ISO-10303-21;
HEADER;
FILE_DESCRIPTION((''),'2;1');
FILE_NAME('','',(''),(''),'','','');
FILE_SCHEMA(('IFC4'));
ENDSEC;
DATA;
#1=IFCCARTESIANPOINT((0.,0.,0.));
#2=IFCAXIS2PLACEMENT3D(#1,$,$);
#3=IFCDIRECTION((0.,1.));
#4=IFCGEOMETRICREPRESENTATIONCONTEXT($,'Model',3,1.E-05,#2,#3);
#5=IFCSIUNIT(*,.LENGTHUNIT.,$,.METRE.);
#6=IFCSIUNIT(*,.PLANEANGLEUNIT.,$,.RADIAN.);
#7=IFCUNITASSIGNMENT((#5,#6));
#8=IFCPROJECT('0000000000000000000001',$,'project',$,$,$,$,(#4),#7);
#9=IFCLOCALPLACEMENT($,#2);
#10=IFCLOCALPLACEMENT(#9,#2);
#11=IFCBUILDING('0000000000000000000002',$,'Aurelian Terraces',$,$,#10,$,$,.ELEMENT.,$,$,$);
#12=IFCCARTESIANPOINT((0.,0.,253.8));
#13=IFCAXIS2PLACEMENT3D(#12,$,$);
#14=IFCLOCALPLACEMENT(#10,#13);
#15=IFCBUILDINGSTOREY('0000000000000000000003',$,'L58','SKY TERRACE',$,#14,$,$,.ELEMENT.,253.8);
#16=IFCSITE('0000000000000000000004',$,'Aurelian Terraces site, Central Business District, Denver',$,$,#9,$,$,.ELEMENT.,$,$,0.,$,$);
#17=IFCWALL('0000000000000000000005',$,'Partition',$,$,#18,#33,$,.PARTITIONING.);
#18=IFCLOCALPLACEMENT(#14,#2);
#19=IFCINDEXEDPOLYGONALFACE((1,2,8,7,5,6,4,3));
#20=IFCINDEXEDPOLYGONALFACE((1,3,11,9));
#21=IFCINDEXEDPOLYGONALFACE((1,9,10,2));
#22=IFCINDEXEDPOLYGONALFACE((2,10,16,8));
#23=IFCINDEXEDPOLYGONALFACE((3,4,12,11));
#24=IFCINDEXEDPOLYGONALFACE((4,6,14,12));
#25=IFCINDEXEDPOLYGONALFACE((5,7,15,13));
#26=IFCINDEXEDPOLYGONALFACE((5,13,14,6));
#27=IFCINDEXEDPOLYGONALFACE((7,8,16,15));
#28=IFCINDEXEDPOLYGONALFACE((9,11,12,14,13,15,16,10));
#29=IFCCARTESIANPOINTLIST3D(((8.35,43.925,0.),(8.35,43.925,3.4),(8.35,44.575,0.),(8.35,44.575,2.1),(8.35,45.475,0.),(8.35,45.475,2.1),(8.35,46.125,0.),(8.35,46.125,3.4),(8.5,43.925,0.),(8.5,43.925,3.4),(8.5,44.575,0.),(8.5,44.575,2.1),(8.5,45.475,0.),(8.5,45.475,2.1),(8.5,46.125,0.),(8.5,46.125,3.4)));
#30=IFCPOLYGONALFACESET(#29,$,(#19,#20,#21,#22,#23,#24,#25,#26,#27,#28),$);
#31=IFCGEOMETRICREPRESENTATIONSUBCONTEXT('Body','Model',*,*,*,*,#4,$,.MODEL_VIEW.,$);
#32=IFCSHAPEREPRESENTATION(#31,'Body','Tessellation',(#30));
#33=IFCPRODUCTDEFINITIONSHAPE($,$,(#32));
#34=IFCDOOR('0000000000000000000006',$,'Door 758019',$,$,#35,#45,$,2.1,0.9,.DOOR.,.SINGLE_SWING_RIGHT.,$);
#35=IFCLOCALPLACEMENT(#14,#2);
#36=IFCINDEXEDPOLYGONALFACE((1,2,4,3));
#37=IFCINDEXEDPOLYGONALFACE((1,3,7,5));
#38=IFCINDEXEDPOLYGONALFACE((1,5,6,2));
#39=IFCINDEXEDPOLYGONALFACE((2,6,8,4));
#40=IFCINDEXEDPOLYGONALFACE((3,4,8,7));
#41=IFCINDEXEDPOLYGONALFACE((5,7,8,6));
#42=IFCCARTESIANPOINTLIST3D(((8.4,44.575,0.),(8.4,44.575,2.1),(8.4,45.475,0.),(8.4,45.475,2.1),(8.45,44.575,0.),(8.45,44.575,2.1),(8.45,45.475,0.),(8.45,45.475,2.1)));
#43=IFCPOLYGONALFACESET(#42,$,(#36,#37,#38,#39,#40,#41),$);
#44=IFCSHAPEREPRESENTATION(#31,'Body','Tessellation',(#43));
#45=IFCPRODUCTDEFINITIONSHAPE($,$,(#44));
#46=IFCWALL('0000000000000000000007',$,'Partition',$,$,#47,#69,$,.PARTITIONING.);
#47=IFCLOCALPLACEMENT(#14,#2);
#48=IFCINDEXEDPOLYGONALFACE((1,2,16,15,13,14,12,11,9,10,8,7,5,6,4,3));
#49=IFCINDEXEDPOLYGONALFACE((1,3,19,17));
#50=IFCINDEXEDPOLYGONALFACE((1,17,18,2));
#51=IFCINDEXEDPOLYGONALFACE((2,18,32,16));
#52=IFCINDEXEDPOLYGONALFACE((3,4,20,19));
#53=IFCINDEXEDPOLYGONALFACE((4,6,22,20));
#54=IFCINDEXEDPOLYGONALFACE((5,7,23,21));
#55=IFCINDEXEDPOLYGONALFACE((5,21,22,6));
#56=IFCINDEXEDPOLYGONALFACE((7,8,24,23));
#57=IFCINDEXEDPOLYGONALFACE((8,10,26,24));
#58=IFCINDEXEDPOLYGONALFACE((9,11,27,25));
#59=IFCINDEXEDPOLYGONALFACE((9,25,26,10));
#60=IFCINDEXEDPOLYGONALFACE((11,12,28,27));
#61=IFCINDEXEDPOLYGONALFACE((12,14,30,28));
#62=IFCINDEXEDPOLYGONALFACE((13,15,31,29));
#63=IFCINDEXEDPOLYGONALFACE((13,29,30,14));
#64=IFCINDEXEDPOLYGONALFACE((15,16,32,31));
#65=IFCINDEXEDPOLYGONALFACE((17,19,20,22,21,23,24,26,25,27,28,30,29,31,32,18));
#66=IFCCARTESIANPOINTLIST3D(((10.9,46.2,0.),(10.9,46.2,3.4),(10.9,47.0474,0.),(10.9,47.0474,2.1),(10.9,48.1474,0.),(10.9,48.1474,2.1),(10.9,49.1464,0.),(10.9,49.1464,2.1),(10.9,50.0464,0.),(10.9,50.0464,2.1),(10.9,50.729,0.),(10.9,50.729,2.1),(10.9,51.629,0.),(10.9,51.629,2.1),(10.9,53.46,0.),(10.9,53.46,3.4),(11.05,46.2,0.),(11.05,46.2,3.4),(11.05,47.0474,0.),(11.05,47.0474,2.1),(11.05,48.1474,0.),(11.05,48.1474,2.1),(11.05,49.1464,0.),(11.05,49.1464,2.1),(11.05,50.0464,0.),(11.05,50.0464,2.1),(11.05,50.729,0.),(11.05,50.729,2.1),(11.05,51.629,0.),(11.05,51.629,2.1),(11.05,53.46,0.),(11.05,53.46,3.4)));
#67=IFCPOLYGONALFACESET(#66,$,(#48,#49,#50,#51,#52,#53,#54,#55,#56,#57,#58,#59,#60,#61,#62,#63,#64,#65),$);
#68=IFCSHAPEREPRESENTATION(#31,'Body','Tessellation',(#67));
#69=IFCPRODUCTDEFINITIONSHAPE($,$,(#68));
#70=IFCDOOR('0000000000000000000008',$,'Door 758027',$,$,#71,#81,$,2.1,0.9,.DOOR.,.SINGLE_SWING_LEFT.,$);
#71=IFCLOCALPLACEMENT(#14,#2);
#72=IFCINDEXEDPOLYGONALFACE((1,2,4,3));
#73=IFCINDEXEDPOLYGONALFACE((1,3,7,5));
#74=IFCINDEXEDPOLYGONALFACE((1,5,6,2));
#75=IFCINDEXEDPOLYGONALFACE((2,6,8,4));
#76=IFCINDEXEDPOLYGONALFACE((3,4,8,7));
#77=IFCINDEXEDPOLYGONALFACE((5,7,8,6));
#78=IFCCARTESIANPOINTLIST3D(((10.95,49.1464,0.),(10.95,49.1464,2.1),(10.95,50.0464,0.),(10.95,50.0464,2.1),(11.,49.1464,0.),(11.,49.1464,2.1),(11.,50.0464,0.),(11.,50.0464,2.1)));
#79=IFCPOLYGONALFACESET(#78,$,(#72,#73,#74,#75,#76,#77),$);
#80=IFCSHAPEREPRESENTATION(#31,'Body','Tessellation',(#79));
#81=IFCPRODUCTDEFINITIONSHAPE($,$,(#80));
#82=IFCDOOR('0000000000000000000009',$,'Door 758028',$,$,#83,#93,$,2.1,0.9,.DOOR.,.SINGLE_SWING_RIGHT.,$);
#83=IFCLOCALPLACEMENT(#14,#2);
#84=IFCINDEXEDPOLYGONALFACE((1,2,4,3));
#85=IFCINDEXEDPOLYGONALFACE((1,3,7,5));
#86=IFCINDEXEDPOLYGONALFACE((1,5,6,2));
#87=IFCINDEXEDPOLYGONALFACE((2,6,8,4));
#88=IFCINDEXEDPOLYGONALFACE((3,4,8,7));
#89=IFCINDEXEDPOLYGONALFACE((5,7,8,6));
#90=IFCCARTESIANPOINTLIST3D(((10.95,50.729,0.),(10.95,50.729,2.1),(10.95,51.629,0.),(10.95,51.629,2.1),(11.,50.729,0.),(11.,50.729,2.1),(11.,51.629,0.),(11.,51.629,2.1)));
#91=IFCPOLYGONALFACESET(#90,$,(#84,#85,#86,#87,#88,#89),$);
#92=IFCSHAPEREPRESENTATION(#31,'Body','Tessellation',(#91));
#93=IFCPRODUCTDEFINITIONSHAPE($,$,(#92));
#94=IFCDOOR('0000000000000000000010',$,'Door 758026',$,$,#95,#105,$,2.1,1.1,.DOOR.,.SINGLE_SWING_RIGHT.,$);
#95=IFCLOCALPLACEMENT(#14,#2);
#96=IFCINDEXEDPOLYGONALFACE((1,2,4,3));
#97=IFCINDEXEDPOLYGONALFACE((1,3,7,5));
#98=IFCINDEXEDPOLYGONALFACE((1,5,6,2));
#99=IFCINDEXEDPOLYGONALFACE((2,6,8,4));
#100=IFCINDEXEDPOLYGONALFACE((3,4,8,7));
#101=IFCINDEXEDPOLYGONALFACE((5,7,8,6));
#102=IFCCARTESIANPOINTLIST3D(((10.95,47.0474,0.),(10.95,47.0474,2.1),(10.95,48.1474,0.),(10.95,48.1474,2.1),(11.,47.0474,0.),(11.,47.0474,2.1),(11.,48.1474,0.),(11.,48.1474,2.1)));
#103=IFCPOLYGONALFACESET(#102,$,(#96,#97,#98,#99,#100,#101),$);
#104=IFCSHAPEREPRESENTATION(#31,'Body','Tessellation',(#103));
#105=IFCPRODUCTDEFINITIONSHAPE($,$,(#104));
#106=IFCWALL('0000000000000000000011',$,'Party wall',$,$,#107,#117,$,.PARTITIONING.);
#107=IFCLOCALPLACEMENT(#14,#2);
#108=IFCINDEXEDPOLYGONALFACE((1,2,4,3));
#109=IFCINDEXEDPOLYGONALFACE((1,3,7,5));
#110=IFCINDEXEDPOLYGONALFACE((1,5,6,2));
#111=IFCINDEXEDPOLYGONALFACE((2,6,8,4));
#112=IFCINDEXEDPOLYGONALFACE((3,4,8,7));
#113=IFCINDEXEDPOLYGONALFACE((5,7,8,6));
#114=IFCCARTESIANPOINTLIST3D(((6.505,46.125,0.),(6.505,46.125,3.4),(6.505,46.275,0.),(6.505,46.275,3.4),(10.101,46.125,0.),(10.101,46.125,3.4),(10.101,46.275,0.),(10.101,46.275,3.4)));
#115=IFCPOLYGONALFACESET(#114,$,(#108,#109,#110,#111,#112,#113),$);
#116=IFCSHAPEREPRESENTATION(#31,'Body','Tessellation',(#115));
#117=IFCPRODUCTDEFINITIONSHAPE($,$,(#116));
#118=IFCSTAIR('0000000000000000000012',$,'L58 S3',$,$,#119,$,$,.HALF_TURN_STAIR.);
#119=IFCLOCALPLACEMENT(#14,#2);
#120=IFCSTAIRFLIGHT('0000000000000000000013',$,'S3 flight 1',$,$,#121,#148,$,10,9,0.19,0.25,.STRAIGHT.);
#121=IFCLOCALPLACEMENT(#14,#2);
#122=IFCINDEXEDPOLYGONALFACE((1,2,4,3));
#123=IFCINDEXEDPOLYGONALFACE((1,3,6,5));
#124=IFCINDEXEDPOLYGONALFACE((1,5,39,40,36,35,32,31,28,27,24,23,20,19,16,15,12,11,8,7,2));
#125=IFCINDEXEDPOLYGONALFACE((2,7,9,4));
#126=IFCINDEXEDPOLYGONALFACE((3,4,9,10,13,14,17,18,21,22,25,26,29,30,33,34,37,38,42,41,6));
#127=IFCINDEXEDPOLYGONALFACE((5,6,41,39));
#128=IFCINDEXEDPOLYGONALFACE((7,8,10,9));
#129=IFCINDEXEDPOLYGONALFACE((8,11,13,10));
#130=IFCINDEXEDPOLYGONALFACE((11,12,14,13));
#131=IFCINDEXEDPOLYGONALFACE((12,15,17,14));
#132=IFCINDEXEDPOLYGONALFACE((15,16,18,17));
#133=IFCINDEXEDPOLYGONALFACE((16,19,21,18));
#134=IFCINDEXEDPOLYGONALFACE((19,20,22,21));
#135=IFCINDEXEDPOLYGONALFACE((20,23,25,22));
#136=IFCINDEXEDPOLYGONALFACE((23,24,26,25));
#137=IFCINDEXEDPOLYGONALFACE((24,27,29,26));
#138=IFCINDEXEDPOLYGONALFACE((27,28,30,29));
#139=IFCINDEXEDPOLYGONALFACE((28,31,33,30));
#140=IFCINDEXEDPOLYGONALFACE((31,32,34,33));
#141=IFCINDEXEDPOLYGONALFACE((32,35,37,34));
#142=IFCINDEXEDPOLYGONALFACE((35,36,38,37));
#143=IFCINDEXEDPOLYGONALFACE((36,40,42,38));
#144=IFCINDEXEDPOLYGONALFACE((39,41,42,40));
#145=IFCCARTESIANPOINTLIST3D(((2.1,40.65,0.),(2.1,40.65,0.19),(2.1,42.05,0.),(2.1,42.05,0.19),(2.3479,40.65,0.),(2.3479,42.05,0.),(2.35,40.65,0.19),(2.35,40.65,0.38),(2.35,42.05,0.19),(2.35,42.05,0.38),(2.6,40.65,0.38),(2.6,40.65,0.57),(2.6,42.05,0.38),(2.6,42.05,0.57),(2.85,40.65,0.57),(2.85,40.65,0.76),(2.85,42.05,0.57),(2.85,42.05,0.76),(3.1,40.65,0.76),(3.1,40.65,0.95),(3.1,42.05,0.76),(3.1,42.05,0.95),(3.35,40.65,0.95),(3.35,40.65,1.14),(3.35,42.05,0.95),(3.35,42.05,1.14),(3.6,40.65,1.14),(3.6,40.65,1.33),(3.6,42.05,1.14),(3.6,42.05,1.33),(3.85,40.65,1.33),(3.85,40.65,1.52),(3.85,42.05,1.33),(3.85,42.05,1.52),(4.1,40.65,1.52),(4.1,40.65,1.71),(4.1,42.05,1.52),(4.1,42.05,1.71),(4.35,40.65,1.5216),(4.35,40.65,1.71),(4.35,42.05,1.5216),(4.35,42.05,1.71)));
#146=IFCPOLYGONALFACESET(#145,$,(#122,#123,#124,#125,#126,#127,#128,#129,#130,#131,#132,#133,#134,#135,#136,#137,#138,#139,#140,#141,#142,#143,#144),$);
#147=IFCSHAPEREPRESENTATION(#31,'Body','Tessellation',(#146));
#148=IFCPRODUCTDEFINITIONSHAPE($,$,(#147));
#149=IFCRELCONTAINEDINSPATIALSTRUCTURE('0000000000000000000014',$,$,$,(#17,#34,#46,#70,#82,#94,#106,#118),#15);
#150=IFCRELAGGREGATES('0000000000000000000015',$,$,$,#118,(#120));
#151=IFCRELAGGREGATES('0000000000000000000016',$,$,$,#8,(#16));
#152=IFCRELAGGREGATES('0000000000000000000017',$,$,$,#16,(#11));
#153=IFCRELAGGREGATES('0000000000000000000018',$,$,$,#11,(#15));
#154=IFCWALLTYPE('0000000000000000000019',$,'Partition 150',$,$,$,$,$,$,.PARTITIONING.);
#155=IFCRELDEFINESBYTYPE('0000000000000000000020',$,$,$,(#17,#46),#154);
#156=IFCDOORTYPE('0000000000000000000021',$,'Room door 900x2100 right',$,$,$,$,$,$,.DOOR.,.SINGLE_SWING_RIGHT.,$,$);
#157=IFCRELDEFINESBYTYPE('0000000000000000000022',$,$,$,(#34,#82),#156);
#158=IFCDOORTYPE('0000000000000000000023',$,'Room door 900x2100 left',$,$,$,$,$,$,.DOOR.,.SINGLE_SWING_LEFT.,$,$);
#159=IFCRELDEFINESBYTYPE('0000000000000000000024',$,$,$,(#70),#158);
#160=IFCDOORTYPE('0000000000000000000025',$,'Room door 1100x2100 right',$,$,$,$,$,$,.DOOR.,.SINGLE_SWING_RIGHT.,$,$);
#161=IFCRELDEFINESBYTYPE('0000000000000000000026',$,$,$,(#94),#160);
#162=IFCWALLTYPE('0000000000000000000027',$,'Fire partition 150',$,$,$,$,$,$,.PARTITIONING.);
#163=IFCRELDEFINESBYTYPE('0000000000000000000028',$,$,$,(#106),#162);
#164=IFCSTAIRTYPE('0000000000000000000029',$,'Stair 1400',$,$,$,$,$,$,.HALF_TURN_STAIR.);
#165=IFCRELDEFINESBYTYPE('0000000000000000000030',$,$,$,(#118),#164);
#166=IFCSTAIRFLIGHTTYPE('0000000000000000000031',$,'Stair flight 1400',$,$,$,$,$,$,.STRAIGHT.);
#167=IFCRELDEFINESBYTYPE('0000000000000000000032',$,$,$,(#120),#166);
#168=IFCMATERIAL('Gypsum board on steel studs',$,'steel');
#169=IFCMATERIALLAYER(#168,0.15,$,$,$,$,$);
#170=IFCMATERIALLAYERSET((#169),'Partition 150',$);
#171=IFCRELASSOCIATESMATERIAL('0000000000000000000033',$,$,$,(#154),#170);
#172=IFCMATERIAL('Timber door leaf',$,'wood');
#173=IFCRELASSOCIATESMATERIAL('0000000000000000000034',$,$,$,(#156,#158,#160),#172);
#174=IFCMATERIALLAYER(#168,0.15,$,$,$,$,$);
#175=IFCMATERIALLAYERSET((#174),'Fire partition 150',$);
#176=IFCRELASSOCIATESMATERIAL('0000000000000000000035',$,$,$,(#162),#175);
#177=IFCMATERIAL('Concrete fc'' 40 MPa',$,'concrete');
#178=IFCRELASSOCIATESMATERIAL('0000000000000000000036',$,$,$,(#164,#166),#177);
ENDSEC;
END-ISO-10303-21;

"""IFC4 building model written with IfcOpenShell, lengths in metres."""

from ifc_helpers import new_model, si_unit, direction, frame, frame_2d, origin, place, context, subcontext, project, spatial, polyline, rectangle, outline, extrude, source, transform, mapped, material, layer, layer_set, type_object, element, fill, aggregate, save


model = new_model("IFC4")

# Units and contexts
model_context = context("Model", 3, precision=1e-05, world=origin(), true_north=direction((0.0, 1.0)))
body_context = subcontext(model_context, "Body", "Model", "MODEL_VIEW")
ifc_project = project(units=[si_unit("LENGTHUNIT", "METRE"), si_unit("PLANEANGLEUNIT", "RADIAN")], contexts=[model_context])

# Site, building, storey
site_placement = place(None, origin())
site = spatial("IfcSite", under=ifc_project, at=site_placement, Name="Aurelian Terraces site, Central Business District, Denver", CompositionType="ELEMENT", RefElevation=0.0)
building_placement = place(site_placement, origin())
building = spatial("IfcBuilding", under=site, at=building_placement, Name="Aurelian Terraces", CompositionType="ELEMENT")
storey_placement = place(building_placement, frame((0.0, 0.0, 253.8)))
storey = spatial("IfcBuildingStorey", under=building, at=storey_placement, Name="L58", Description="SKY TERRACE", CompositionType="ELEMENT", Elevation=253.8)

# Shared definitions
ifc_material_1 = material(Name="Concrete fc' 40 MPa", Category="concrete")

# Shared definitions
ifc_material_2 = material(Name="Gypsum board on steel studs", Category="steel")
ifc_layer_1 = layer(ifc_material_2, 0.15)
ifc_layer_set_1 = layer_set([ifc_layer_1], Name="Partition 150")
wall_type_1 = type_object("IfcWallType", Name="Partition 150", PredefinedType="PARTITIONING", material=ifc_layer_set_1)

# Wall, opening, door
shared_shape_1 = source(origin(), body_context, "Body", "SweptSolid", [
    extrude(rectangle(XDim=2.2, YDim=0.15, at=frame_2d((1.1, 0.0))), origin(), (0.0, 0.0, 1.0), 3.4),
])
wall_1_placement = place(storey_placement, frame((8.425, 43.925, 0.0), z_axis=(0.0, 0.0, 1.0), x_axis=(0.0, 1.0, 0.0)))
wall_1 = element("IfcWall", 1, at=wall_1_placement, inside=storey, type_object=wall_type_1, Name="Partition", PredefinedType="PARTITIONING", context=body_context, shape_type="MappedRepresentation", body=[
    mapped(shared_shape_1, transform((0.0, 0.0, 0.0), scale=1.0)),
])
shared_shape_2 = source(origin(), body_context, "Body", "SweptSolid", [
    extrude(rectangle(XDim=0.9, YDim=2.1, at=frame_2d((0.45, 1.05))), frame((0.0, 0.085, 0.0), z_axis=(0.0, -1.0, 0.0), x_axis=(1.0, 0.0, 0.0)), (0.0, 0.0, 1.0), 0.17),
])
opening_1_placement = place(wall_1_placement, frame((0.65, 0.0, 0.0)))
opening_1 = element("IfcOpeningElement", 2, at=opening_1_placement, cuts=wall_1, PredefinedType="OPENING", context=body_context, shape_type="MappedRepresentation", body=[
    mapped(shared_shape_2, transform((0.0, 0.0, 0.0), scale=1.0)),
])
ifc_material_3 = material(Name="Timber door leaf", Category="wood")
door_type_1 = type_object("IfcDoorType", Name="Room door 900x2100 right", OperationType="SINGLE_SWING_RIGHT", PredefinedType="DOOR", material=ifc_material_3)
shared_shape_3 = source(origin(), body_context, "Body", "SweptSolid", [
    extrude(rectangle(XDim=0.9, YDim=2.1, at=frame_2d((0.45, 1.05))), frame((0.0, 0.025, 0.0), z_axis=(0.0, -1.0, 0.0), x_axis=(1.0, 0.0, 0.0)), (0.0, 0.0, 1.0), 0.05),
])
door_1_placement = place(opening_1_placement, origin())
door_1 = element("IfcDoor", 3, at=door_1_placement, inside=storey, type_object=door_type_1, Name="Door 758019", OperationType="SINGLE_SWING_RIGHT", OverallHeight=2.1, OverallWidth=0.9, PredefinedType="DOOR", context=body_context, shape_type="MappedRepresentation", body=[
    mapped(shared_shape_3, transform((0.0, 0.0, 0.0), scale=1.0)),
])
fill(opening_1, door_1)

# Wall, openings, doors
shared_shape_4 = source(origin(), body_context, "Body", "SweptSolid", [
    extrude(rectangle(XDim=7.26, YDim=0.15, at=frame_2d((3.63, 0.0))), origin(), (0.0, 0.0, 1.0), 3.4),
])
wall_2_placement = place(storey_placement, frame((10.975, 46.2, 0.0), z_axis=(0.0, 0.0, 1.0), x_axis=(0.0, 1.0, 0.0)))
wall_2 = element("IfcWall", 4, at=wall_2_placement, inside=storey, type_object=wall_type_1, Name="Partition", PredefinedType="PARTITIONING", context=body_context, shape_type="MappedRepresentation", body=[
    mapped(shared_shape_4, transform((0.0, 0.0, 0.0), scale=1.0)),
])
shared_shape_5 = source(origin(), body_context, "Body", "SweptSolid", [
    extrude(rectangle(XDim=1.1, YDim=2.1, at=frame_2d((0.55, 1.05))), frame((0.0, 0.085, 0.0), z_axis=(0.0, -1.0, 0.0), x_axis=(1.0, 0.0, 0.0)), (0.0, 0.0, 1.0), 0.17),
])
opening_2_placement = place(wall_2_placement, frame((0.8474, 0.0, 0.0)))
opening_2 = element("IfcOpeningElement", 5, at=opening_2_placement, cuts=wall_2, PredefinedType="OPENING", context=body_context, shape_type="MappedRepresentation", body=[
    mapped(shared_shape_5, transform((0.0, 0.0, 0.0), scale=1.0)),
])
opening_3_placement = place(wall_2_placement, frame((2.9464, 0.0, 0.0)))
opening_3 = element("IfcOpeningElement", 6, at=opening_3_placement, cuts=wall_2, PredefinedType="OPENING", context=body_context, shape_type="MappedRepresentation", body=[
    mapped(shared_shape_2, transform((0.0, 0.0, 0.0), scale=1.0)),
])
opening_4_placement = place(wall_2_placement, frame((4.529, 0.0, 0.0)))
opening_4 = element("IfcOpeningElement", 7, at=opening_4_placement, cuts=wall_2, PredefinedType="OPENING", context=body_context, shape_type="MappedRepresentation", body=[
    mapped(shared_shape_2, transform((0.0, 0.0, 0.0), scale=1.0)),
])
door_type_2 = type_object("IfcDoorType", Name="Room door 900x2100 left", OperationType="SINGLE_SWING_LEFT", PredefinedType="DOOR", material=ifc_material_3)
door_2_placement = place(opening_3_placement, origin())
door_2 = element("IfcDoor", 8, at=door_2_placement, inside=storey, type_object=door_type_2, Name="Door 758027", OperationType="SINGLE_SWING_LEFT", OverallHeight=2.1, OverallWidth=0.9, PredefinedType="DOOR", context=body_context, shape_type="MappedRepresentation", body=[
    mapped(shared_shape_3, transform((0.0, 0.0, 0.0), scale=1.0)),
])
fill(opening_3, door_2)
door_3_placement = place(opening_4_placement, origin())
door_3 = element("IfcDoor", 9, at=door_3_placement, inside=storey, type_object=door_type_1, Name="Door 758028", OperationType="SINGLE_SWING_RIGHT", OverallHeight=2.1, OverallWidth=0.9, PredefinedType="DOOR", context=body_context, shape_type="MappedRepresentation", body=[
    mapped(shared_shape_3, transform((0.0, 0.0, 0.0), scale=1.0)),
])
fill(opening_4, door_3)
door_type_3 = type_object("IfcDoorType", Name="Room door 1100x2100 right", OperationType="SINGLE_SWING_RIGHT", PredefinedType="DOOR", material=ifc_material_3)
shared_shape_6 = source(origin(), body_context, "Body", "SweptSolid", [
    extrude(rectangle(XDim=1.1, YDim=2.1, at=frame_2d((0.55, 1.05))), frame((0.0, 0.025, 0.0), z_axis=(0.0, -1.0, 0.0), x_axis=(1.0, 0.0, 0.0)), (0.0, 0.0, 1.0), 0.05),
])
door_4_placement = place(opening_2_placement, origin())
door_4 = element("IfcDoor", 10, at=door_4_placement, inside=storey, type_object=door_type_3, Name="Door 758026", OperationType="SINGLE_SWING_RIGHT", OverallHeight=2.1, OverallWidth=1.1, PredefinedType="DOOR", context=body_context, shape_type="MappedRepresentation", body=[
    mapped(shared_shape_6, transform((0.0, 0.0, 0.0), scale=1.0)),
])
fill(opening_2, door_4)

# Wall
ifc_layer_2 = layer(ifc_material_2, 0.15)
ifc_layer_set_2 = layer_set([ifc_layer_2], Name="Fire partition 150")
wall_type_2 = type_object("IfcWallType", Name="Fire partition 150", PredefinedType="PARTITIONING", material=ifc_layer_set_2)
shared_shape_7 = source(origin(), body_context, "Body", "SweptSolid", [
    extrude(rectangle(XDim=3.596, YDim=0.15, at=frame_2d((1.798, 0.0))), origin(), (0.0, 0.0, 1.0), 3.4),
])
wall_3_placement = place(storey_placement, frame((10.101, 46.2, 0.0), z_axis=(0.0, 0.0, 1.0), x_axis=(-1.0, 0.0, 0.0)))
element("IfcWall", 11, at=wall_3_placement, inside=storey, type_object=wall_type_2, Name="Party wall", PredefinedType="PARTITIONING", context=body_context, shape_type="MappedRepresentation", body=[
    mapped(shared_shape_7, transform((0.0, 0.0, 0.0), scale=1.0)),
])

# Stair, stair flight
stair_type = type_object("IfcStairType", Name="Stair 1400", PredefinedType="HALF_TURN_STAIR", material=ifc_material_1)
stair_placement = place(storey_placement, origin())
stair = element("IfcStair", 12, at=stair_placement, inside=storey, type_object=stair_type, Name="L58 S3", PredefinedType="HALF_TURN_STAIR")
stair_flight_type = type_object("IfcStairFlightType", Name="Stair flight 1400", PredefinedType="STRAIGHT", material=ifc_material_1)
shared_shape_8 = source(origin(), body_context, "Body", "SweptSolid", [
    extrude(outline(polyline([(0.0, 0.0), (0.0, 0.19), (0.25, 0.19), (0.25, 0.38), (0.5, 0.38), (0.5, 0.57), (0.75, 0.57), (0.75, 0.76), (1.0, 0.76), (1.0, 0.95), (1.25, 0.95), (1.25, 1.14), (1.5, 1.14), (1.5, 1.33), (1.75, 1.33), (1.75, 1.52), (2.0, 1.52), (2.0, 1.71), (2.25, 1.71), (2.25, 1.9), (2.25, 1.5216), (0.2479, 0.0), (0.0, 0.0)])), frame((0.0, 0.7, 0.0), z_axis=(0.0, -1.0, 0.0), x_axis=(1.0, 0.0, 0.0)), (0.0, 0.0, 1.0), 1.4),
])
stair_flight_1_placement = place(storey_placement, frame((2.1, 41.35, 0.0), z_axis=(0.0, 0.0, 1.0), x_axis=(1.0, 0.0, 0.0)))
stair_flight_1 = element("IfcStairFlight", 13, at=stair_flight_1_placement, type_object=stair_flight_type, Name="S3 flight 1", NumberOfRisers=10, NumberOfTreads=9, PredefinedType="STRAIGHT", RiserHeight=0.19, TreadLength=0.25, context=body_context, shape_type="MappedRepresentation", body=[
    mapped(shared_shape_8, transform((0.0, 0.0, 0.0), scale=1.0)),
])
aggregate(stair, [stair_flight_1])

save(model, "model.ifc")
